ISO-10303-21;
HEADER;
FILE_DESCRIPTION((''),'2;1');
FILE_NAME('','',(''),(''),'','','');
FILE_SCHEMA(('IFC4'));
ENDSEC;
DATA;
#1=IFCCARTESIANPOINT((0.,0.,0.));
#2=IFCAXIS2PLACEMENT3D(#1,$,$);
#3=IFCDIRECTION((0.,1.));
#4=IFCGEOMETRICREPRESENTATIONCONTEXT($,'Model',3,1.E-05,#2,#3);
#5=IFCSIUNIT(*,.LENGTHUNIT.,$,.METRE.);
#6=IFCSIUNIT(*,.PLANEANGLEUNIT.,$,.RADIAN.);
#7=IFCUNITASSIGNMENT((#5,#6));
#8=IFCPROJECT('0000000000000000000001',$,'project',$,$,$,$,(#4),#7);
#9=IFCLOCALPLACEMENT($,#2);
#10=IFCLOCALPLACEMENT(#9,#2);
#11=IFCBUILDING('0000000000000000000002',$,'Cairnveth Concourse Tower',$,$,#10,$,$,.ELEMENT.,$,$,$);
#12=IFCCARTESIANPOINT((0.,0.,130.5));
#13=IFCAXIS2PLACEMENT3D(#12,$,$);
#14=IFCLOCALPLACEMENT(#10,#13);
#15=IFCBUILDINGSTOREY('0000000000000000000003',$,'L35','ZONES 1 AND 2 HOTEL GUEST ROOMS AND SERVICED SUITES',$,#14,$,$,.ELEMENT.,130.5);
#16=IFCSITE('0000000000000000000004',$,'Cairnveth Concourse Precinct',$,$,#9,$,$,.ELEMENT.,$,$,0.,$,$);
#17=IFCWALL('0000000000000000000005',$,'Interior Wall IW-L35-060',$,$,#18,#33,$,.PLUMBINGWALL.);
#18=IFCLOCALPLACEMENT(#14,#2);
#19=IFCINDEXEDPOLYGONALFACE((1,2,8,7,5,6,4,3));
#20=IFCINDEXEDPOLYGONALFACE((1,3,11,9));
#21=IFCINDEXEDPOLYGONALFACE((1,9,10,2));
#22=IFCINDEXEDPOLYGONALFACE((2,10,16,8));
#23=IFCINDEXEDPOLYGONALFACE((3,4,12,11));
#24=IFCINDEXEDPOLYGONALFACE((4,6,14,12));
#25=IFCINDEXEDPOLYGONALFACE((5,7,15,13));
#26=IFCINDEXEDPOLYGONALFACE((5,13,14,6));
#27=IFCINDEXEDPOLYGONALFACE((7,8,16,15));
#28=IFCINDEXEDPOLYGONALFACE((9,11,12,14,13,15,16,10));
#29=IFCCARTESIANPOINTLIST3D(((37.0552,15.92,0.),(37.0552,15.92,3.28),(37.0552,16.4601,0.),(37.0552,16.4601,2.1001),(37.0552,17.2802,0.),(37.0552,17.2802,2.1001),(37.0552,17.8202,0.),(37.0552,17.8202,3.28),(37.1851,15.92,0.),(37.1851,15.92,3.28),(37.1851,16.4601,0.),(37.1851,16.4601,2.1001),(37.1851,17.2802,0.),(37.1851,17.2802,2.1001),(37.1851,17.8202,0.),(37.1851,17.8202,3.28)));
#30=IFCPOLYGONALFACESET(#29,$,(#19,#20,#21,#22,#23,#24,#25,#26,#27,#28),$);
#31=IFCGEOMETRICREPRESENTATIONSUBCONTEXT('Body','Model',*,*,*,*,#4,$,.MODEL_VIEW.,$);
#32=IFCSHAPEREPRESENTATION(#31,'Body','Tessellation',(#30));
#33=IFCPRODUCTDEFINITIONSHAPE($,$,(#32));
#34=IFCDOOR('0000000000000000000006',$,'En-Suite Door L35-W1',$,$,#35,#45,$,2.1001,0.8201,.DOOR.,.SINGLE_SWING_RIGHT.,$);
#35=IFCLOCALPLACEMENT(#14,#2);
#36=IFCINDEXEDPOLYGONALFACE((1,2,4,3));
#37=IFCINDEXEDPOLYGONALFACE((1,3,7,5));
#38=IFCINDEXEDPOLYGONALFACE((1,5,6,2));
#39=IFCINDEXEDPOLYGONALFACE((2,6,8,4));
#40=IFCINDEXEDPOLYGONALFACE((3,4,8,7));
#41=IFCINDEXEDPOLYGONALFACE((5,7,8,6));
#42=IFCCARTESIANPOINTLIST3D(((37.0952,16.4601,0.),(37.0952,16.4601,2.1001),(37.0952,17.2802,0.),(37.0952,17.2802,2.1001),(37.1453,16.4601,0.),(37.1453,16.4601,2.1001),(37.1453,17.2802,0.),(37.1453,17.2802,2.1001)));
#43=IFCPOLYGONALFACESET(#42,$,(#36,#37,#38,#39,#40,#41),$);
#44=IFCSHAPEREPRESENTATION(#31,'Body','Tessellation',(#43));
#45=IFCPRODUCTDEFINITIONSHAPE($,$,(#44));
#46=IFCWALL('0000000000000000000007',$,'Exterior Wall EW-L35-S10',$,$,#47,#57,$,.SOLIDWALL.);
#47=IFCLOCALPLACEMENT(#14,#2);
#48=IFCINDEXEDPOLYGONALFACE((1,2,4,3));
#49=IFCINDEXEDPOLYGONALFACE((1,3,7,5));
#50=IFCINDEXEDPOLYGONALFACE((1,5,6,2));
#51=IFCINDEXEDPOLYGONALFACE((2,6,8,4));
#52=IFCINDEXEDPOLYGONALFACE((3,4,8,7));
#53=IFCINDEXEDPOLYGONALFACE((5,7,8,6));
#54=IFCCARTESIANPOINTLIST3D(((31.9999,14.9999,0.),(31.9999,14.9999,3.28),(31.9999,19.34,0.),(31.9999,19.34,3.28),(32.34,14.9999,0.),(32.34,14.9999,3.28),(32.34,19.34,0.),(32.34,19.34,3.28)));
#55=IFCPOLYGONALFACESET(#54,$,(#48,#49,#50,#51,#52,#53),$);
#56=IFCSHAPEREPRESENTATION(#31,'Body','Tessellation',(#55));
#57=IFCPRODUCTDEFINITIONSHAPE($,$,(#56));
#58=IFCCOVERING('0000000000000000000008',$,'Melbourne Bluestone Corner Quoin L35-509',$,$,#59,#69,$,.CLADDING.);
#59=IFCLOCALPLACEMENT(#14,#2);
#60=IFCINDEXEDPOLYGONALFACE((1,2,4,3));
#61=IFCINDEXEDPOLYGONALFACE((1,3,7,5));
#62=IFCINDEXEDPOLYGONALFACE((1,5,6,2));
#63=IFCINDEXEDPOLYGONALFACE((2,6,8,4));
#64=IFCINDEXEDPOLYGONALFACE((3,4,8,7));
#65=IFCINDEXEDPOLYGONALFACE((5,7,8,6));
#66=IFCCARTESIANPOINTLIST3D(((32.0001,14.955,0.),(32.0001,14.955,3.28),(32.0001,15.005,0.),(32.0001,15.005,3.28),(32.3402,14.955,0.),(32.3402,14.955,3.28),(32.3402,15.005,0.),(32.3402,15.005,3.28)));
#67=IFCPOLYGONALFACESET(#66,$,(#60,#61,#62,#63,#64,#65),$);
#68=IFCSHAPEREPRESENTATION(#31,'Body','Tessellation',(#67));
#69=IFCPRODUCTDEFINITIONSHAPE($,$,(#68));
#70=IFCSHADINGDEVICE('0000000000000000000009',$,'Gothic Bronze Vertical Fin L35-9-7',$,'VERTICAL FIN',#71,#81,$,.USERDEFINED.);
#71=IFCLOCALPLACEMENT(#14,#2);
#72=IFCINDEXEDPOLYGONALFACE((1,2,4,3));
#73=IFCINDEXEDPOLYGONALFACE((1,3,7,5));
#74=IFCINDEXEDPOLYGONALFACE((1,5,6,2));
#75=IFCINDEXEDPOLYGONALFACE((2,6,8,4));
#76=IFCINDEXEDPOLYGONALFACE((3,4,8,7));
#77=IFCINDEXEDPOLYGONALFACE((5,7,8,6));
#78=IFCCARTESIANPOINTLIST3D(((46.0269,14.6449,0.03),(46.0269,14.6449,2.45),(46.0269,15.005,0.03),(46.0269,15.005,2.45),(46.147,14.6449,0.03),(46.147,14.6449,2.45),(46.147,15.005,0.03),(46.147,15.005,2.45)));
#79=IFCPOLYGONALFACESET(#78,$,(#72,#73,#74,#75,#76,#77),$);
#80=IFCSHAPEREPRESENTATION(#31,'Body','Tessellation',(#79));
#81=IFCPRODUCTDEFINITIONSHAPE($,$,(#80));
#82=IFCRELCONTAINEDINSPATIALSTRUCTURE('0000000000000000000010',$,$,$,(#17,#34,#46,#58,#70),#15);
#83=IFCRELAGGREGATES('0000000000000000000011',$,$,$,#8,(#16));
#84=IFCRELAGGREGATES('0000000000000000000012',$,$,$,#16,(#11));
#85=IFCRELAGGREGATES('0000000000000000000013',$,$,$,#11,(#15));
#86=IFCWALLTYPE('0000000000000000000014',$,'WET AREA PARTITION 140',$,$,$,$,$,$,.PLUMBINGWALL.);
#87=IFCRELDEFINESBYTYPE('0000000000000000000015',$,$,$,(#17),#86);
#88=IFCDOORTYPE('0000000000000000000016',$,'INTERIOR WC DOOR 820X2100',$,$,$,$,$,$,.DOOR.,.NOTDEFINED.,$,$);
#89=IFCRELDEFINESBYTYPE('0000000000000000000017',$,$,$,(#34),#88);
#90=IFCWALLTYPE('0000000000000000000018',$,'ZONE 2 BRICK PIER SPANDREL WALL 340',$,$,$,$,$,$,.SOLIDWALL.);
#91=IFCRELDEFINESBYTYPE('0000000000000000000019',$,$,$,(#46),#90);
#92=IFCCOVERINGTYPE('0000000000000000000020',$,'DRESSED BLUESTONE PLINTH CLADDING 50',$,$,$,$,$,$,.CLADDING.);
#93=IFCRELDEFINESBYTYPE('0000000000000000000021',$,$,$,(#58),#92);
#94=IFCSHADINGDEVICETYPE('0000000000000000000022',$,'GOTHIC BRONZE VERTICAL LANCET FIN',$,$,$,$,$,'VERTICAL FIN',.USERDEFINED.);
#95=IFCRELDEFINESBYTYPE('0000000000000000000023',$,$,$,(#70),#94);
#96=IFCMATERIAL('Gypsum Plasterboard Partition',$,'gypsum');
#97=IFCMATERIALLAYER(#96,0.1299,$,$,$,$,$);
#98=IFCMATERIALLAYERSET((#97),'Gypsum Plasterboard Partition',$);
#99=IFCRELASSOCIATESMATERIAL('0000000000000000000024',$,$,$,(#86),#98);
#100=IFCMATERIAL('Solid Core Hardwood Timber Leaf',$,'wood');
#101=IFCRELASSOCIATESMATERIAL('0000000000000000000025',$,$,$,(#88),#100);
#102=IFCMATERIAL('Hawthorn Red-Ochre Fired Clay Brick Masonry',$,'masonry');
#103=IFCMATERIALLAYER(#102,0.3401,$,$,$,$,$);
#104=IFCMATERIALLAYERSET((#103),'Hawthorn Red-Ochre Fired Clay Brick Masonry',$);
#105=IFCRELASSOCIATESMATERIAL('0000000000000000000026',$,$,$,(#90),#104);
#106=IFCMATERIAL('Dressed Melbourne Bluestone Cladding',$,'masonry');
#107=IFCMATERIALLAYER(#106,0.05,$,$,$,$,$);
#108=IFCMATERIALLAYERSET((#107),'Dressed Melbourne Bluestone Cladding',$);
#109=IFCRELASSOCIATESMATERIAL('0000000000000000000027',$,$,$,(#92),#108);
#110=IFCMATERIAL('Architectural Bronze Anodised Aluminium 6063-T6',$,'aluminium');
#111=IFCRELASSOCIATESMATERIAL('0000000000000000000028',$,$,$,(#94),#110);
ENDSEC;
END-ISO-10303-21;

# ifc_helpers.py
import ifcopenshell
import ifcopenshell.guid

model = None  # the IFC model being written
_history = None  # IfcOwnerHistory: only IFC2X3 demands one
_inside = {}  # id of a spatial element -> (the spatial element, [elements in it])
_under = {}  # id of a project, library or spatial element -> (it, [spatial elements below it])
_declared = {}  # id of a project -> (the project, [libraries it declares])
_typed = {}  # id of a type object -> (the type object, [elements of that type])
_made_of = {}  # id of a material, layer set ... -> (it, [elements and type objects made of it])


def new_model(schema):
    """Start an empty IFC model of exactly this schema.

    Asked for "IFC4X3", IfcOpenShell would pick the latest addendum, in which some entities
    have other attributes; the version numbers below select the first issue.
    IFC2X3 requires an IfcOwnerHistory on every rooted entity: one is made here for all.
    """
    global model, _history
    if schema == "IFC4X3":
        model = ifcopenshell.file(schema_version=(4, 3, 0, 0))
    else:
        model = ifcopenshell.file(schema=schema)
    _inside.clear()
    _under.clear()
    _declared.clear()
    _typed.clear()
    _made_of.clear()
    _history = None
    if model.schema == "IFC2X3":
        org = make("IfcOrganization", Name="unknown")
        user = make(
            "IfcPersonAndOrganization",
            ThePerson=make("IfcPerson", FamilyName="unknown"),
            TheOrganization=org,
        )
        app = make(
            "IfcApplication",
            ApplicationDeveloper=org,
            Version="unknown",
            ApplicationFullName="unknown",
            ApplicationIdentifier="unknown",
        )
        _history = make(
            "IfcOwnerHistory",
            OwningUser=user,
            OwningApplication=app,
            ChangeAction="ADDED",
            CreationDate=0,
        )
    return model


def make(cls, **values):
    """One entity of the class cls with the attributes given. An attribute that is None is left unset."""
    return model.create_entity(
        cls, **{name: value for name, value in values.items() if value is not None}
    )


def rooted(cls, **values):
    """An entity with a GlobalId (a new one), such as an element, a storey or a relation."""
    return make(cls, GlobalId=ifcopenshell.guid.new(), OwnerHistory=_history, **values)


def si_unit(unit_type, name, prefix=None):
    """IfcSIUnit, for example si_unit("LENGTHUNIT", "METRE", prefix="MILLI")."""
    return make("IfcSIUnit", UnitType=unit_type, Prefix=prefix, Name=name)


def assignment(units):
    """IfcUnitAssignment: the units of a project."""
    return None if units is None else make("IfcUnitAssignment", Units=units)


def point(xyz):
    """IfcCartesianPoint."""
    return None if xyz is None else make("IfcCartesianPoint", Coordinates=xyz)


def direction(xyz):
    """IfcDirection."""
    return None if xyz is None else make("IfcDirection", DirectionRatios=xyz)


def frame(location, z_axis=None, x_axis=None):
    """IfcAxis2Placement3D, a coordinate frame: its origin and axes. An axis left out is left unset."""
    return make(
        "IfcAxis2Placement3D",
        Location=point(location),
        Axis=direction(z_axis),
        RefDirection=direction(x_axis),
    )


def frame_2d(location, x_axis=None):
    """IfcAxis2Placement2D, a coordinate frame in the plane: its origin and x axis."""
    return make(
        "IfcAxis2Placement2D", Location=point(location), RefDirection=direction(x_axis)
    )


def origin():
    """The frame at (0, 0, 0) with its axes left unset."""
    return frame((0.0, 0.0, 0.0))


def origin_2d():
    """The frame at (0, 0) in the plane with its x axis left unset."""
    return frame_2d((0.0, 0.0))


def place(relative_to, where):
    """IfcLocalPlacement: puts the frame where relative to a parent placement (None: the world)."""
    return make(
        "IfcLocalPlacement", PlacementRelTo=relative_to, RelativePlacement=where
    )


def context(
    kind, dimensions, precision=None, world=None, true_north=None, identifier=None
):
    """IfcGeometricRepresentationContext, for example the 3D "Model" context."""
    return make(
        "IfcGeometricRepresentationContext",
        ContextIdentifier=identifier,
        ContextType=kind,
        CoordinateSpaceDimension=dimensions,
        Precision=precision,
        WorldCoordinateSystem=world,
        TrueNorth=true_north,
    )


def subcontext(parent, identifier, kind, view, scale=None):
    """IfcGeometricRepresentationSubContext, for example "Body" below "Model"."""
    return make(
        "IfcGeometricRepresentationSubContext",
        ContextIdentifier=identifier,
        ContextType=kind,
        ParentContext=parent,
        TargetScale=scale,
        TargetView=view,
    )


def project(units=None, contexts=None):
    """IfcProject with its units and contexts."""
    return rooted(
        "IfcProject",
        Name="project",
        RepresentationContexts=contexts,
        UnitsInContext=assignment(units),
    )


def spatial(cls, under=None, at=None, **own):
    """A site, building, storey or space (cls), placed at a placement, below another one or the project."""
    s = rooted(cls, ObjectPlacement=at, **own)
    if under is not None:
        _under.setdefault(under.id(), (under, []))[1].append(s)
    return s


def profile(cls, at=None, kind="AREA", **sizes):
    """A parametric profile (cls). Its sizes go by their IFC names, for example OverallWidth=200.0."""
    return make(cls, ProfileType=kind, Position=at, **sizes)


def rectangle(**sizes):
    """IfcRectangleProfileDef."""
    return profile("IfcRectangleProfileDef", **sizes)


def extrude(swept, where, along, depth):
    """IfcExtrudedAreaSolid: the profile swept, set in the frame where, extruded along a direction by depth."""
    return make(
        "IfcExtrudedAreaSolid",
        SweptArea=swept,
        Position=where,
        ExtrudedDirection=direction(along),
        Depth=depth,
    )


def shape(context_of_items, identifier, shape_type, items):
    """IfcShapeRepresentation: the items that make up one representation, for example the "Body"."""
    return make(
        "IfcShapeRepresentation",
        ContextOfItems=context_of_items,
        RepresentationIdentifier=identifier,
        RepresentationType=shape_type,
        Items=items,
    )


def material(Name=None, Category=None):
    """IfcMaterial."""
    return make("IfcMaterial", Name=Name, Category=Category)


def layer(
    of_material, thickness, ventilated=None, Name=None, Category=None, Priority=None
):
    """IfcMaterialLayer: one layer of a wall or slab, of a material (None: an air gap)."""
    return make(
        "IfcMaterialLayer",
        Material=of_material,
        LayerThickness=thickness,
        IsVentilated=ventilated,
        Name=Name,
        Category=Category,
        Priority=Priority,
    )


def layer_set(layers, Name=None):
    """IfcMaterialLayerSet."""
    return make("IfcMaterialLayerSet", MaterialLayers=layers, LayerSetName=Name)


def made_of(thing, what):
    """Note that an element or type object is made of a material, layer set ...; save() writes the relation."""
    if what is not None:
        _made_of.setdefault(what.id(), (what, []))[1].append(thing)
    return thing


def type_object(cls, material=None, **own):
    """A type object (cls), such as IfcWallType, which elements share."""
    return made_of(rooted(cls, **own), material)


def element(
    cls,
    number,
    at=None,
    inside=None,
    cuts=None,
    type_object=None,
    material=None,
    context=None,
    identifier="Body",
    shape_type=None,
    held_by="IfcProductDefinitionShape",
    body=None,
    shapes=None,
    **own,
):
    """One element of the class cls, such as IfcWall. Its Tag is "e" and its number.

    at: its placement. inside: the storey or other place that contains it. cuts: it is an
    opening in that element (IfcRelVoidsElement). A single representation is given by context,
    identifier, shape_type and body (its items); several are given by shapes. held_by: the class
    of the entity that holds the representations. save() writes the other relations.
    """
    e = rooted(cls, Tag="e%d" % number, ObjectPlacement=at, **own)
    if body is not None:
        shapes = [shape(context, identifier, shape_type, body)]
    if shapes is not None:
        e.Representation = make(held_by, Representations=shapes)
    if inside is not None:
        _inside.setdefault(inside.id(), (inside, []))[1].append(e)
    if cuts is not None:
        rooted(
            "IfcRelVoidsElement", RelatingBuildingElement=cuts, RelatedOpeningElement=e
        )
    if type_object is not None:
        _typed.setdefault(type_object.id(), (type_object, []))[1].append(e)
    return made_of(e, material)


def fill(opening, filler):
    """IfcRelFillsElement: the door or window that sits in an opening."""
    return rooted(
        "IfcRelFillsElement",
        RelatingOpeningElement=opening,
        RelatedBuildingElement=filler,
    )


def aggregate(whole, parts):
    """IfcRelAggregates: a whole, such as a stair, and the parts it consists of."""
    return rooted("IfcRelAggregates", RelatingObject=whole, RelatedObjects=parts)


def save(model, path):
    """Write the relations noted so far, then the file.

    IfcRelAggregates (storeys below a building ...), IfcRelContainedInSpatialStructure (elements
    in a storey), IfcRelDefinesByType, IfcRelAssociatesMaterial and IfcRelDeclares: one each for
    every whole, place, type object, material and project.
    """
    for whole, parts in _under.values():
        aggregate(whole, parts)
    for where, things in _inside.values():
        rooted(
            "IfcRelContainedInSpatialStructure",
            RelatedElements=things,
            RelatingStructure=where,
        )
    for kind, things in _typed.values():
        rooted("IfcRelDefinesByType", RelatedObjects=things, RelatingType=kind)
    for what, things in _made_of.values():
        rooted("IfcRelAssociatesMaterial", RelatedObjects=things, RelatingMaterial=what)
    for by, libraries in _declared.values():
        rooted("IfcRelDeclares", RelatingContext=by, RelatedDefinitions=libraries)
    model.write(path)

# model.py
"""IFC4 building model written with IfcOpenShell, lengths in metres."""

from ifc_helpers import new_model, si_unit, direction, frame, frame_2d, origin, origin_2d, place, context, subcontext, project, spatial, rectangle, extrude, material, layer, layer_set, type_object, element, fill, save


model = new_model("IFC4")

# Units and contexts
model_context = context("Model", 3, precision=1e-05, world=origin(), true_north=direction((0.0, 1.0)))
body_context = subcontext(model_context, "Body", "Model", "MODEL_VIEW")
ifc_project = project(units=[si_unit("LENGTHUNIT", "METRE"), si_unit("PLANEANGLEUNIT", "RADIAN")], contexts=[model_context])

# Site, building, storey
site_placement = place(None, origin())
site = spatial("IfcSite", under=ifc_project, at=site_placement, Name="Cairnveth Concourse Precinct", CompositionType="ELEMENT", RefElevation=0.0)
building_placement = place(site_placement, origin())
building = spatial("IfcBuilding", under=site, at=building_placement, Name="Cairnveth Concourse Tower", CompositionType="ELEMENT")
storey_placement = place(building_placement, frame((0.0, 0.0, 130.5)))
storey = spatial("IfcBuildingStorey", under=building, at=storey_placement, Name="L35", Description="ZONES 1 AND 2 HOTEL GUEST ROOMS AND SERVICED SUITES", CompositionType="ELEMENT", Elevation=130.5)

# Shared definitions
ifc_material_1 = material(Name="Gypsum Plasterboard Partition", Category="gypsum")
ifc_material_2 = material(Name="Solid Core Hardwood Timber Leaf", Category="wood")

# Shared definitions
ifc_layer_1 = layer(ifc_material_1, 0.1299)
ifc_layer_set_1 = layer_set([ifc_layer_1], Name="Gypsum Plasterboard Partition")
wall_type_1 = type_object("IfcWallType", Name="WET AREA PARTITION 140", PredefinedType="PLUMBINGWALL", material=ifc_layer_set_1)

# Wall, opening, door
wall_1_placement = place(storey_placement, frame((37.1201, 15.9199, 0.0), z_axis=(0.0, 0.0, 1.0), x_axis=(0.0, 1.0, 0.0)))
wall_1 = element("IfcWall", 1, at=wall_1_placement, inside=storey, type_object=wall_type_1, Name="Interior Wall IW-L35-060", PredefinedType="PLUMBINGWALL", context=body_context, shape_type="SweptSolid", body=[
    extrude(rectangle(XDim=1.9001, YDim=0.1299, at=frame_2d((0.9502, 0.0))), origin(), (0.0, 0.0, 1.0), 3.28),
])
opening_1_placement = place(wall_1_placement, frame((0.54, 0.0, 0.0)))
opening_1 = element("IfcOpeningElement", 2, at=opening_1_placement, cuts=wall_1, PredefinedType="OPENING", context=body_context, shape_type="SweptSolid", body=[
    extrude(rectangle(XDim=0.8201, YDim=2.1001, at=frame_2d((0.4102, 1.05))), frame((0.0, 0.075, 0.0), z_axis=(0.0, -1.0, 0.0), x_axis=(1.0, 0.0, 0.0)), (0.0, 0.0, 1.0), 0.1499),
])
door_type_1 = type_object("IfcDoorType", Name="INTERIOR WC DOOR 820X2100", OperationType="NOTDEFINED", PredefinedType="DOOR", material=ifc_material_2)
door_1_placement = place(opening_1_placement, origin())
door_1 = element("IfcDoor", 3, at=door_1_placement, inside=storey, type_object=door_type_1, Name="En-Suite Door L35-W1", OperationType="SINGLE_SWING_RIGHT", OverallHeight=2.1001, OverallWidth=0.8201, PredefinedType="DOOR", context=body_context, shape_type="SweptSolid", body=[
    extrude(rectangle(XDim=0.8201, YDim=2.1001, at=frame_2d((0.4102, 1.05))), frame((0.0, 0.0249, 0.0), z_axis=(0.0, -1.0, 0.0), x_axis=(1.0, 0.0, 0.0)), (0.0, 0.0, 1.0), 0.05),
])
fill(opening_1, door_1)

# Wall
ifc_material_3 = material(Name="Hawthorn Red-Ochre Fired Clay Brick Masonry", Category="masonry")
ifc_layer_2 = layer(ifc_material_3, 0.3401)
ifc_layer_set_2 = layer_set([ifc_layer_2], Name="Hawthorn Red-Ochre Fired Clay Brick Masonry")
wall_type_2 = type_object("IfcWallType", Name="ZONE 2 BRICK PIER SPANDREL WALL 340", PredefinedType="SOLIDWALL", material=ifc_layer_set_2)
wall_2_placement = place(storey_placement, frame((32.1699, 15.0, 0.0), z_axis=(0.0, 0.0, 1.0), x_axis=(0.0, 1.0, 0.0)))
element("IfcWall", 4, at=wall_2_placement, inside=storey, type_object=wall_type_2, Name="Exterior Wall EW-L35-S10", PredefinedType="SOLIDWALL", context=body_context, shape_type="SweptSolid", body=[
    extrude(rectangle(XDim=4.3401, YDim=0.3401, at=frame_2d((2.1699, 0.0))), origin(), (0.0, 0.0, 1.0), 3.28),
])

# Covering
ifc_material_4 = material(Name="Dressed Melbourne Bluestone Cladding", Category="masonry")
ifc_layer_3 = layer(ifc_material_4, 0.05)
ifc_layer_set_3 = layer_set([ifc_layer_3], Name="Dressed Melbourne Bluestone Cladding")
covering_type = type_object("IfcCoveringType", Name="DRESSED BLUESTONE PLINTH CLADDING 50", PredefinedType="CLADDING", material=ifc_layer_set_3)
covering_placement = place(storey_placement, frame((32.3401, 14.98, 0.0), z_axis=(0.0, 0.0, 1.0), x_axis=(-1.0, 0.0, 0.0)))
element("IfcCovering", 5, at=covering_placement, inside=storey, type_object=covering_type, Name="Melbourne Bluestone Corner Quoin L35-509", PredefinedType="CLADDING", context=body_context, shape_type="SweptSolid", body=[
    extrude(rectangle(XDim=0.3401, YDim=0.05, at=frame_2d((0.1699, 0.0))), origin(), (0.0, 0.0, 1.0), 3.28),
])

# Shading device
ifc_material_5 = material(Name="Architectural Bronze Anodised Aluminium 6063-T6", Category="aluminium")
shading_device_type = type_object("IfcShadingDeviceType", Name="GOTHIC BRONZE VERTICAL LANCET FIN", ElementType="VERTICAL FIN", PredefinedType="USERDEFINED", material=ifc_material_5)
shading_device_placement = place(storey_placement, frame((46.0869, 14.825, 0.03), z_axis=(0.0, 0.0, 1.0), x_axis=(1.0, 0.0, 0.0)))
element("IfcShadingDevice", 6, at=shading_device_placement, inside=storey, type_object=shading_device_type, Name="Gothic Bronze Vertical Fin L35-9-7", ObjectType="VERTICAL FIN", PredefinedType="USERDEFINED", context=body_context, shape_type="SweptSolid", body=[
    extrude(rectangle(XDim=0.1201, YDim=0.3601, at=origin_2d()), origin(), (0.0, 0.0, 1.0), 2.4199),
])

save(model, "model.ifc")
